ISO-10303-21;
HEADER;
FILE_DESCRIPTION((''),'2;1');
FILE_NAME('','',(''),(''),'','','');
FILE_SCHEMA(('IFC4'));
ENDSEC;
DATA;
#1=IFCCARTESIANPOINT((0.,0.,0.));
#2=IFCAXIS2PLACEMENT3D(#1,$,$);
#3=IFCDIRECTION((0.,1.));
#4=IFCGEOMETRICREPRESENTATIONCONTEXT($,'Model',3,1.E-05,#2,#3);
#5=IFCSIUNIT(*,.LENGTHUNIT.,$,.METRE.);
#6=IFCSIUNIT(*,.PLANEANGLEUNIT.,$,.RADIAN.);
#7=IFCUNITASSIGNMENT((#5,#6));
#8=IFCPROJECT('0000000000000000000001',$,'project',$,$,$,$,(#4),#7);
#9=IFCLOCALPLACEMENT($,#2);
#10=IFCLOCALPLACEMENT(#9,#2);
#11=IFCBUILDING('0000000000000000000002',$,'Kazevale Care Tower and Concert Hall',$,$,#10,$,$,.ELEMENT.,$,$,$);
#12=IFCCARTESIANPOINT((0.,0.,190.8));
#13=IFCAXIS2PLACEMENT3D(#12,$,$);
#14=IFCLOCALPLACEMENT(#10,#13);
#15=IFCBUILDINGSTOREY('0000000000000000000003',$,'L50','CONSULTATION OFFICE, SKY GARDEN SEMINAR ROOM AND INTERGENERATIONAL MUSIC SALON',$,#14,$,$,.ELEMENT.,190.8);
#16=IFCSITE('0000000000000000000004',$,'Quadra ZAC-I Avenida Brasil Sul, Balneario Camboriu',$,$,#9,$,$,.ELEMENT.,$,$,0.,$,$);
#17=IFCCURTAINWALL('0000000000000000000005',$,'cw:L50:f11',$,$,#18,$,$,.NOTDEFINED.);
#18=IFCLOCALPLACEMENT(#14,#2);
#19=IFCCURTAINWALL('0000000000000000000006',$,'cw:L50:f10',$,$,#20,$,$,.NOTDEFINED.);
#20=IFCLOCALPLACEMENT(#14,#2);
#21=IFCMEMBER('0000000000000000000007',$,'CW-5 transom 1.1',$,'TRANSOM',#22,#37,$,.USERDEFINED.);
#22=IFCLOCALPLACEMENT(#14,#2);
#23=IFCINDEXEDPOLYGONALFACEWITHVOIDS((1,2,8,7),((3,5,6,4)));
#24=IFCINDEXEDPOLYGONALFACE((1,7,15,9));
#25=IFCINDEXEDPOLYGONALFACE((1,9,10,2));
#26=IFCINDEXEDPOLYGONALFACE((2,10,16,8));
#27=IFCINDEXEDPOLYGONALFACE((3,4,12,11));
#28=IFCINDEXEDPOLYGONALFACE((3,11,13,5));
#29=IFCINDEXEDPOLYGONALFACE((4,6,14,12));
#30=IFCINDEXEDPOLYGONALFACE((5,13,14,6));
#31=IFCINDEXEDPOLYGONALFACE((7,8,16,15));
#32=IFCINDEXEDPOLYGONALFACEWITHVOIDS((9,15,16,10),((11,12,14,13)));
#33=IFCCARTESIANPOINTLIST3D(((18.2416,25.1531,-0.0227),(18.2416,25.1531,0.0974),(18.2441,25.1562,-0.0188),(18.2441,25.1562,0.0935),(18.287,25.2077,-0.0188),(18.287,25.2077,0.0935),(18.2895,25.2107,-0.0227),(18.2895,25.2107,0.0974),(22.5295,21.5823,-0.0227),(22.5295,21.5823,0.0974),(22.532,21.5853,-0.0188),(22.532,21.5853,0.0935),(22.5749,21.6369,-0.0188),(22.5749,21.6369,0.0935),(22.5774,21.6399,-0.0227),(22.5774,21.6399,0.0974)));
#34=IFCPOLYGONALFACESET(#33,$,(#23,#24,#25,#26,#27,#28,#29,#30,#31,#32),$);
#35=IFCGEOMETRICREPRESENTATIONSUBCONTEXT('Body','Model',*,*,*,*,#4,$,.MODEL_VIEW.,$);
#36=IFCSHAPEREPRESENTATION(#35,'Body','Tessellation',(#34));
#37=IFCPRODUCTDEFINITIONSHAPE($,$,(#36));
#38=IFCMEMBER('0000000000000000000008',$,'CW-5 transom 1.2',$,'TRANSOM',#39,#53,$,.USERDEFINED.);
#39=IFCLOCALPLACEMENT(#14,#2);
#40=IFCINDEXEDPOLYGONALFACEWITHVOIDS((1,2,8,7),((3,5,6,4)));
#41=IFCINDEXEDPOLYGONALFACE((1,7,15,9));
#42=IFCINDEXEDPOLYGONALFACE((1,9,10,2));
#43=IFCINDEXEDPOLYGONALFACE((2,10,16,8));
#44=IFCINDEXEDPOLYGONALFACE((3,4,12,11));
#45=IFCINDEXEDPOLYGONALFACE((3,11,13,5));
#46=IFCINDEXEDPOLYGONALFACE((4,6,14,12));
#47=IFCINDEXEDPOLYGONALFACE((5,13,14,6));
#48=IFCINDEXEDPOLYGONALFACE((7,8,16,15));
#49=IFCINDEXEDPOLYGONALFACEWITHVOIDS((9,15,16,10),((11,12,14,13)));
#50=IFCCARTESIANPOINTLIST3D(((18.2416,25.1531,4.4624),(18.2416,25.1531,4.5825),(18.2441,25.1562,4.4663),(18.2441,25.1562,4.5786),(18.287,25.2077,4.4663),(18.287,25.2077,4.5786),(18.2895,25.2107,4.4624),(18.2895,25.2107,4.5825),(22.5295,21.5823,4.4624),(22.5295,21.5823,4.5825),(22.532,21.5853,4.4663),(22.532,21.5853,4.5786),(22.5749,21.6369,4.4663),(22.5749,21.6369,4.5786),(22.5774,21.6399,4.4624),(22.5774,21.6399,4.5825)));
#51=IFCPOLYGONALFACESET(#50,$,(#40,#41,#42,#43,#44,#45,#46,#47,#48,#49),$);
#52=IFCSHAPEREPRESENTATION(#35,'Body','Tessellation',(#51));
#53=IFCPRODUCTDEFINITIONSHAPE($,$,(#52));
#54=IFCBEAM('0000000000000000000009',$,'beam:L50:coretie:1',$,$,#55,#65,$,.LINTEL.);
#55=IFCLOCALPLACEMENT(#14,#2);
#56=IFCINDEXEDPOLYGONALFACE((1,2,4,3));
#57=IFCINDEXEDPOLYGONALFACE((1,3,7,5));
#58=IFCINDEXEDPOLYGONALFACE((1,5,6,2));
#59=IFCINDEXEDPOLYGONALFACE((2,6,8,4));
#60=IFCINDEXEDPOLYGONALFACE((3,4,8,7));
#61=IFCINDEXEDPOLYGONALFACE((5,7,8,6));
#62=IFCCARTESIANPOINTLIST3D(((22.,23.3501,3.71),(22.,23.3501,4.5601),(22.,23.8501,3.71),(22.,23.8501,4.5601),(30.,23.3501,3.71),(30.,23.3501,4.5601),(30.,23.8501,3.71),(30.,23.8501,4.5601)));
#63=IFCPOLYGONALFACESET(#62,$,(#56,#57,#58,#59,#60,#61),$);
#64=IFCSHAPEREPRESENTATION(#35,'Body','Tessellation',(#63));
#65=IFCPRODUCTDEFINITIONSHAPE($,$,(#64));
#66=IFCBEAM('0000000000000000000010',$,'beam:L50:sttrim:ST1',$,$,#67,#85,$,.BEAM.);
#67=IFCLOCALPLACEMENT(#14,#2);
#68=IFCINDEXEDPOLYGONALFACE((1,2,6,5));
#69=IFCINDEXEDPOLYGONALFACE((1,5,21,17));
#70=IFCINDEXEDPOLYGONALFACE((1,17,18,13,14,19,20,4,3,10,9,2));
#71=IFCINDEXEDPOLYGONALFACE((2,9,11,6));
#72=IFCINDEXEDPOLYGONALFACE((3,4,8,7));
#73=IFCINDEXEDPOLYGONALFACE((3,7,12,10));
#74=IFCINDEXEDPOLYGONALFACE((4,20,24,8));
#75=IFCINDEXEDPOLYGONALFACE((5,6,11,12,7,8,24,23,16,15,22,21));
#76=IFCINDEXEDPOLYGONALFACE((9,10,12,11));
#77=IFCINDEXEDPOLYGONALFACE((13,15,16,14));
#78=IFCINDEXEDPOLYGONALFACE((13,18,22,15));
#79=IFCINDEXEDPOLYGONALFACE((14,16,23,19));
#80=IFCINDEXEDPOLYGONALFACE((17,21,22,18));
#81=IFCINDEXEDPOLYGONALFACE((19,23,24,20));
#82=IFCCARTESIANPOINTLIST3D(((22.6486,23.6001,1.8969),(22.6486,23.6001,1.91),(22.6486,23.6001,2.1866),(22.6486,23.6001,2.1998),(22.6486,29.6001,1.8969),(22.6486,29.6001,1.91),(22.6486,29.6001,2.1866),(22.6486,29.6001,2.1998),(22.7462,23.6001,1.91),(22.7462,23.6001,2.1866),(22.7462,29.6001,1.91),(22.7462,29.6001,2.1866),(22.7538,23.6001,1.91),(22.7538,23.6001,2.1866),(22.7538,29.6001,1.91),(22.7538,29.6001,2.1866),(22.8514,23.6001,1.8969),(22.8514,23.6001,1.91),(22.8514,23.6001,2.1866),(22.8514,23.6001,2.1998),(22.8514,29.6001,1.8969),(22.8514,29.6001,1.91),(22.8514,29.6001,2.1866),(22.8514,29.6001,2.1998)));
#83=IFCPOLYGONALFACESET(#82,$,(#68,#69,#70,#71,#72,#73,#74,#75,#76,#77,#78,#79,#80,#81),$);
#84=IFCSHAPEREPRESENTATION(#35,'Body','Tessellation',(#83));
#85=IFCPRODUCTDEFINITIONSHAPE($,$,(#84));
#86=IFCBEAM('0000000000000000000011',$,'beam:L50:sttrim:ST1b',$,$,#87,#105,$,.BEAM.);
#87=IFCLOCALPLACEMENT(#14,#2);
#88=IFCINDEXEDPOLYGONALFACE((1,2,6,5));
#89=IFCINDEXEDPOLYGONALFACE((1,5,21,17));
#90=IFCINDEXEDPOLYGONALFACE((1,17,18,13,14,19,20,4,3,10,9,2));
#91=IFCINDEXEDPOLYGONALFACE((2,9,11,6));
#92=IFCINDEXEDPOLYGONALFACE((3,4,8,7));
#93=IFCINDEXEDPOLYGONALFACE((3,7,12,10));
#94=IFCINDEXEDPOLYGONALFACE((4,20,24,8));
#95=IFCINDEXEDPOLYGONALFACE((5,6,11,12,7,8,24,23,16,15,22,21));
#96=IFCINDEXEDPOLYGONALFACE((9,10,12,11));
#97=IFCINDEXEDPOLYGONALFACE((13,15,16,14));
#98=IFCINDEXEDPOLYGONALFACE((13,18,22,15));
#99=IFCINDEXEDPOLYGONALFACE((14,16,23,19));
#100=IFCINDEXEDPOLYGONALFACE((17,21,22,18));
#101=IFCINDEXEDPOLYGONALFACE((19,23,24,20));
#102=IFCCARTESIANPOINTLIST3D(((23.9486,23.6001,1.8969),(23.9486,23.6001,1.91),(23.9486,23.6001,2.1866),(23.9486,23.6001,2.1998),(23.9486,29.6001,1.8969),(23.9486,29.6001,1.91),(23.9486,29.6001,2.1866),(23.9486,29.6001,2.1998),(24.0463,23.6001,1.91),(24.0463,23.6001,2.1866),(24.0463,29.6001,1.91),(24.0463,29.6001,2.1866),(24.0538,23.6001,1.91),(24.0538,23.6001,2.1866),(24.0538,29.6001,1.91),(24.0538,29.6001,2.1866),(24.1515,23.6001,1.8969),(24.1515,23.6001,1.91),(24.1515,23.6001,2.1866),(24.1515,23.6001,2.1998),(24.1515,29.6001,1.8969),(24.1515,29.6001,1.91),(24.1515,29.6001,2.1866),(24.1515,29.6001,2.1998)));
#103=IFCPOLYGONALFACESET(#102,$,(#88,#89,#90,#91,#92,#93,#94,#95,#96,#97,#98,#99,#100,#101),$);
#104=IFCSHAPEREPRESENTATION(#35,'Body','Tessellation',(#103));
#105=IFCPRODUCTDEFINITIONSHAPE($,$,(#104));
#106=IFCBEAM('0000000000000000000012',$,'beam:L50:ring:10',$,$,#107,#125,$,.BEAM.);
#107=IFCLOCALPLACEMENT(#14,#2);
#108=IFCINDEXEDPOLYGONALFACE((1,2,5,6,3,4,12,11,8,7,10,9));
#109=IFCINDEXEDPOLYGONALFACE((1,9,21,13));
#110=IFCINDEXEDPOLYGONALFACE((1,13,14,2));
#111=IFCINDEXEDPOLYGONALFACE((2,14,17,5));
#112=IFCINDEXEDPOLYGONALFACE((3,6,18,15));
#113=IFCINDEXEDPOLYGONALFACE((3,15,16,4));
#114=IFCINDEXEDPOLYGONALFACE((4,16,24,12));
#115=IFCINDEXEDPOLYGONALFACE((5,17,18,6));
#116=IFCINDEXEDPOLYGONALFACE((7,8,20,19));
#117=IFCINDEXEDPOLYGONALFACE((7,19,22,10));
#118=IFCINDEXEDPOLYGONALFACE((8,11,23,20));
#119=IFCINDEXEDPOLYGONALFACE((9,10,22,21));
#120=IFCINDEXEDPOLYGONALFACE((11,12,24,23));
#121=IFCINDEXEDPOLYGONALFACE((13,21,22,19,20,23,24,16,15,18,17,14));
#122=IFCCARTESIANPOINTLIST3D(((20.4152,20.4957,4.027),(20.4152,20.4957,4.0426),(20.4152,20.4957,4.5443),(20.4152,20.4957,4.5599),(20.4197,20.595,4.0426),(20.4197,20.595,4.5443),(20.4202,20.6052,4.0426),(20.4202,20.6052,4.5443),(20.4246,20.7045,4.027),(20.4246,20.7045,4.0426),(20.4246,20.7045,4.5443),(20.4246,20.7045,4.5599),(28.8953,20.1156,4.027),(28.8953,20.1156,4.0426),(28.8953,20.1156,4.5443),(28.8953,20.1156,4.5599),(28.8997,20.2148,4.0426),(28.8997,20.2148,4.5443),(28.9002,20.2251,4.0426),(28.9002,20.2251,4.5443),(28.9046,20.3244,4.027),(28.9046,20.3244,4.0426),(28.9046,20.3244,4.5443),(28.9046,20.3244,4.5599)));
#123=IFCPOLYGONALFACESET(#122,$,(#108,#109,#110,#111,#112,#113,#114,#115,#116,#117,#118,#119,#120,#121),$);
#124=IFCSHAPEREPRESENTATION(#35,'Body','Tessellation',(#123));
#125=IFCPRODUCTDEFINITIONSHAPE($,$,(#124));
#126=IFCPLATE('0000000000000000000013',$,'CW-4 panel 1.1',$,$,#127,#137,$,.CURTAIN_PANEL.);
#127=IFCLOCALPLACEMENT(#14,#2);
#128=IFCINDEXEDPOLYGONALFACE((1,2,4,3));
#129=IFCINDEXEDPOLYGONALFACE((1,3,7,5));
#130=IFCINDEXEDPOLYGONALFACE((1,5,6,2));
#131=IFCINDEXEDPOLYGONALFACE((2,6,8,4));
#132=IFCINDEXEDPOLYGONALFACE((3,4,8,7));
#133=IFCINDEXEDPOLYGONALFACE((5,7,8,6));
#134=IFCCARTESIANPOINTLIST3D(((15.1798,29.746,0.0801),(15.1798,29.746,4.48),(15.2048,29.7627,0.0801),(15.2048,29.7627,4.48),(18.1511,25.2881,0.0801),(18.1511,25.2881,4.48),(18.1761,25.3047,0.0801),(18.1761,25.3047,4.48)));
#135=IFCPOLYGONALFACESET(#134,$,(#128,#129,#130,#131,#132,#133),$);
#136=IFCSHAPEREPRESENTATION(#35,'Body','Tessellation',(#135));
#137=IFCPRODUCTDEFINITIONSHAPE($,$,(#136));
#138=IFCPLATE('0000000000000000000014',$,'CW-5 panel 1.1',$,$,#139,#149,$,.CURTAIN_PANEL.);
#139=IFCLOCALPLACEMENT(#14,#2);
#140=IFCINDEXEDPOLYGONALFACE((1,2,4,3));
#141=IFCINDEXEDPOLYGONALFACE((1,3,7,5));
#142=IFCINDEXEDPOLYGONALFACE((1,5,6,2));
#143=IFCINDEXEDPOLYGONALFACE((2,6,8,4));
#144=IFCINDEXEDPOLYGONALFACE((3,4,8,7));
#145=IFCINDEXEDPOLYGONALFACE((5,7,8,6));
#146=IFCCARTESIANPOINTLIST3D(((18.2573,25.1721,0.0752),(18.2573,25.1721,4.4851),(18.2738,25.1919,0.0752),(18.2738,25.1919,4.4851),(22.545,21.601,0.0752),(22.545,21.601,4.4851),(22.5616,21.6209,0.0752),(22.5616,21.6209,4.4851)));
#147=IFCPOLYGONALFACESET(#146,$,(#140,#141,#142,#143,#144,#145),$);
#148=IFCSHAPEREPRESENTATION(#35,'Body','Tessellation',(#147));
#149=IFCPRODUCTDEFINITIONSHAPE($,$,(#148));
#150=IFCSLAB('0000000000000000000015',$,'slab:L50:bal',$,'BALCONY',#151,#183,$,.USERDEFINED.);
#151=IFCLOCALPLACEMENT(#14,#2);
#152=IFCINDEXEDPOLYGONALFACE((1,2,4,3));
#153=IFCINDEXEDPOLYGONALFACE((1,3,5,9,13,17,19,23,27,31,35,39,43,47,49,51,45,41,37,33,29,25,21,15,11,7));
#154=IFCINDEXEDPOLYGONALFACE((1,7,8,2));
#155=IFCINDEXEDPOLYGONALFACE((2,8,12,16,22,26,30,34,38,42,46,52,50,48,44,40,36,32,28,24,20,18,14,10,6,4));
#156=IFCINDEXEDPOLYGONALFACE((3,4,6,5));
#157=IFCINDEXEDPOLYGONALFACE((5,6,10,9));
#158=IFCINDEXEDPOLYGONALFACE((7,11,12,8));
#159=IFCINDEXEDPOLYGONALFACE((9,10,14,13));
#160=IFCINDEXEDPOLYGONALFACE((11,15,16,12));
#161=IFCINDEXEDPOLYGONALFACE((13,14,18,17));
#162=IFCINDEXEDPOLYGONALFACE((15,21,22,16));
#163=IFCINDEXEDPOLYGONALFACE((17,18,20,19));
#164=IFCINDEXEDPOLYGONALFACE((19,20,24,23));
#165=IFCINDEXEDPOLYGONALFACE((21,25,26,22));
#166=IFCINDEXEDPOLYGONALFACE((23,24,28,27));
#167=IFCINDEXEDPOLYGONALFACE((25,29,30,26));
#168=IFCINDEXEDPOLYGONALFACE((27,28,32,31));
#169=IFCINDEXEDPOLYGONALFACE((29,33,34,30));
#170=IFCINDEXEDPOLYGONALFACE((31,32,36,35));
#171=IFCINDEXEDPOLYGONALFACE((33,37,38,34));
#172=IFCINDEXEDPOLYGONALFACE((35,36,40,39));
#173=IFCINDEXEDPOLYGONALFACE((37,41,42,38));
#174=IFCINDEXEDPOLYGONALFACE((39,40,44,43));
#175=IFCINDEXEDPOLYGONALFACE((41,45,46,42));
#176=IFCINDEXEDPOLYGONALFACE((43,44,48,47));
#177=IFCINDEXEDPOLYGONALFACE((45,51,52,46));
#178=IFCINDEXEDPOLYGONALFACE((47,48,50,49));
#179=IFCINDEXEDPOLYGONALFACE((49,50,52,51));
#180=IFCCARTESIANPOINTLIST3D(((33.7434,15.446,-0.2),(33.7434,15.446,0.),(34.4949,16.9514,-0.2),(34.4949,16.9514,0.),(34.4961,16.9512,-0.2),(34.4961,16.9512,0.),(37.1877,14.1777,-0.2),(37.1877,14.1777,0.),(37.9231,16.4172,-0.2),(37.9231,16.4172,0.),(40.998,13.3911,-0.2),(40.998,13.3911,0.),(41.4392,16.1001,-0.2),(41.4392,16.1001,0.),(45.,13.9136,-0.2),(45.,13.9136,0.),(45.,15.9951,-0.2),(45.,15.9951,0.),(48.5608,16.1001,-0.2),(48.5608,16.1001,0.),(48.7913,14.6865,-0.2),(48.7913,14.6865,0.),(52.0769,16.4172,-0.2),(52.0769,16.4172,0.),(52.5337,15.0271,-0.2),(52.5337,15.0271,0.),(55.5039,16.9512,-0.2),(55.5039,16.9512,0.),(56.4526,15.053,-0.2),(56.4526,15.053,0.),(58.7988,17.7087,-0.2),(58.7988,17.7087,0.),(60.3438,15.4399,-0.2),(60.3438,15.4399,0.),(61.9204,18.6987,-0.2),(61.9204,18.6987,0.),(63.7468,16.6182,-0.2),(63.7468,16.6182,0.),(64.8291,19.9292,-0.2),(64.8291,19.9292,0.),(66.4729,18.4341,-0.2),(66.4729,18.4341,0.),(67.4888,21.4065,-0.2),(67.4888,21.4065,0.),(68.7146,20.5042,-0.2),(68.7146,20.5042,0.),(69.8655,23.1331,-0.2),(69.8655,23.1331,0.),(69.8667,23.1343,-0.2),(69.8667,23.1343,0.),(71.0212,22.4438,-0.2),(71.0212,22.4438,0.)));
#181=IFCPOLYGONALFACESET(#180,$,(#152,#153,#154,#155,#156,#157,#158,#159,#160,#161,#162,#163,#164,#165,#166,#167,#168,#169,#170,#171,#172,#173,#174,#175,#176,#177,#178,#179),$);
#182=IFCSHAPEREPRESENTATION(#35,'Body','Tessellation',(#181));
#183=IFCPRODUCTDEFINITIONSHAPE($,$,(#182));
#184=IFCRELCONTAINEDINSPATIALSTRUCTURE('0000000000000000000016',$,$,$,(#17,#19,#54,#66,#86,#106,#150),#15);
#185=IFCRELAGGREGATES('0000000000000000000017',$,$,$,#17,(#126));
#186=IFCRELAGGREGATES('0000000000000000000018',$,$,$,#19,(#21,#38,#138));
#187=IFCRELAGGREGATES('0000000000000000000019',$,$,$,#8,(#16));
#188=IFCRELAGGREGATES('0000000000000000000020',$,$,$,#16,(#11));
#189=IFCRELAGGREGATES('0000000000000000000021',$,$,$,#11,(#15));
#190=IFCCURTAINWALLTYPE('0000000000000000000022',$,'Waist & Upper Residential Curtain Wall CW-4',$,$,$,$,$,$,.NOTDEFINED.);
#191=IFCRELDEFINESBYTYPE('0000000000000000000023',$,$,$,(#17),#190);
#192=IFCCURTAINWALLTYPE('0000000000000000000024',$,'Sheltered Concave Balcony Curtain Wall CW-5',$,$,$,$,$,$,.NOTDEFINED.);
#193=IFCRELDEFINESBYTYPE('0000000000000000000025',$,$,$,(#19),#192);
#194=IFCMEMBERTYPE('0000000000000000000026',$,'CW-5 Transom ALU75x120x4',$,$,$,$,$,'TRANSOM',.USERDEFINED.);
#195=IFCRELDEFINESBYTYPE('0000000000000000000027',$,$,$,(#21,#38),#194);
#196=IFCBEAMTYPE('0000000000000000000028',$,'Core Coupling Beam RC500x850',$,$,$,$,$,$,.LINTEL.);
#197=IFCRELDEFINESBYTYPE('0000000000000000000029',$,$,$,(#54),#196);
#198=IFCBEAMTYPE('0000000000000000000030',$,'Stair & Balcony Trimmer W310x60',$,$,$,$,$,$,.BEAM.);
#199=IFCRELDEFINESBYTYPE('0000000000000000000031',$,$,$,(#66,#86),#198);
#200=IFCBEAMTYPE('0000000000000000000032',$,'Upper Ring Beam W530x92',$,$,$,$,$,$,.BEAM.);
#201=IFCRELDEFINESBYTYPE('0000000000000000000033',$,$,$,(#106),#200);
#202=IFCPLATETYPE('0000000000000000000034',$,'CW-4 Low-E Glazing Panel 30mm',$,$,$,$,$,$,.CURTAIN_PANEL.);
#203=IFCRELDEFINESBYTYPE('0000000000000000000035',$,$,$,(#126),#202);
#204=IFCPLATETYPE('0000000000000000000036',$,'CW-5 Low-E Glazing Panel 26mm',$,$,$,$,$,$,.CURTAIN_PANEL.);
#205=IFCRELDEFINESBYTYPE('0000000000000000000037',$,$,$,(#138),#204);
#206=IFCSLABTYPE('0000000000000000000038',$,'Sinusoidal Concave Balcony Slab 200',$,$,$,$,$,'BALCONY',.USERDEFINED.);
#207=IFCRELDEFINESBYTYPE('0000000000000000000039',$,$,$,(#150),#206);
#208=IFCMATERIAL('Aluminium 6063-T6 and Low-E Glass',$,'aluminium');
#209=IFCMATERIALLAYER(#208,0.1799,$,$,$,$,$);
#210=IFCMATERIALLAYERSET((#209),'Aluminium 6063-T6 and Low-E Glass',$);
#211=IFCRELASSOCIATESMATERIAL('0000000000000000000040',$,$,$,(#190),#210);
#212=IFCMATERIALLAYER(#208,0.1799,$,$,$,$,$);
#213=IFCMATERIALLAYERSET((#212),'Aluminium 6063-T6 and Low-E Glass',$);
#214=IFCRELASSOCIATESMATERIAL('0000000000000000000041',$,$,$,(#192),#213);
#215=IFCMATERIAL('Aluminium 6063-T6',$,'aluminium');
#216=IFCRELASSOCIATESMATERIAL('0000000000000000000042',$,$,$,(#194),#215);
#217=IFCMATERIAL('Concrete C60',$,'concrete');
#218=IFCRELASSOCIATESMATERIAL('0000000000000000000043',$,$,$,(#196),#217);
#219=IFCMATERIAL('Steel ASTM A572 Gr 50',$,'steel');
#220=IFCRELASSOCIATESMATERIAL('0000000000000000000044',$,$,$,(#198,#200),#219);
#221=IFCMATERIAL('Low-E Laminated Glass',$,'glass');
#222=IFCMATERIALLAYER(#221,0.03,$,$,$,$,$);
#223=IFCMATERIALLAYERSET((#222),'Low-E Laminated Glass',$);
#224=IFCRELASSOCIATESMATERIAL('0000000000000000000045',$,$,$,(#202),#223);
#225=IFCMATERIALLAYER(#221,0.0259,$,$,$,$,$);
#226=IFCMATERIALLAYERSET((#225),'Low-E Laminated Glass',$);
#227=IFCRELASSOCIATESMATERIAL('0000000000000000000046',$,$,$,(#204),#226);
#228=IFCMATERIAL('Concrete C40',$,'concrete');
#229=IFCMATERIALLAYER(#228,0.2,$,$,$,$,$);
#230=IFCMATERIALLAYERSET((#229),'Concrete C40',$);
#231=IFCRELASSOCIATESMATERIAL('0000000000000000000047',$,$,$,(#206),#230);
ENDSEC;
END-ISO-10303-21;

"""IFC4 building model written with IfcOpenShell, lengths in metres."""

from ifc_helpers import new_model, si_unit, direction, frame, origin, origin_2d, place, context, subcontext, project, spatial, polyline, rectangle, hollow_rectangle, i_section, outline, extrude, material, layer, layer_set, material_profile, profile_set, type_object, element, aggregate, save


model = new_model("IFC4")

# Units and contexts
model_context = context("Model", 3, precision=1e-05, world=origin(), true_north=direction((0.0, 1.0)))
body_context = subcontext(model_context, "Body", "Model", "MODEL_VIEW")
ifc_project = project(units=[si_unit("LENGTHUNIT", "METRE"), si_unit("PLANEANGLEUNIT", "RADIAN")], contexts=[model_context])

# Site, building, storey
site_placement = place(None, origin())
site = spatial("IfcSite", under=ifc_project, at=site_placement, Name="Quadra ZAC-I Avenida Brasil Sul, Balneario Camboriu", CompositionType="ELEMENT", RefElevation=0.0)
building_placement = place(site_placement, origin())
building = spatial("IfcBuilding", under=site, at=building_placement, Name="Kazevale Care Tower and Concert Hall", CompositionType="ELEMENT")
storey_placement = place(building_placement, frame((0.0, 0.0, 190.8)))
storey = spatial("IfcBuildingStorey", under=building, at=storey_placement, Name="L50", Description="CONSULTATION OFFICE, SKY GARDEN SEMINAR ROOM AND INTERGENERATIONAL MUSIC SALON", CompositionType="ELEMENT", Elevation=190.8)

# Curtain wall
ifc_material_1 = material(Name="Aluminium 6063-T6 and Low-E Glass", Category="aluminium")
ifc_layer_1 = layer(ifc_material_1, 0.1799)
ifc_layer_set_1 = layer_set([ifc_layer_1], Name="Aluminium 6063-T6 and Low-E Glass")
curtain_wall_type_1 = type_object("IfcCurtainWallType", Name="Waist & Upper Residential Curtain Wall CW-4", PredefinedType="NOTDEFINED", material=ifc_layer_set_1)
curtain_wall_1_placement = place(storey_placement, origin())
curtain_wall_1 = element("IfcCurtainWall", 1, at=curtain_wall_1_placement, inside=storey, type_object=curtain_wall_type_1, Name="cw:L50:f11", PredefinedType="NOTDEFINED")
ifc_material_2 = material(Name="Aluminium 6063-T6", Category="aluminium")

# Shared definitions
ifc_layer_2 = layer(ifc_material_1, 0.1799)
ifc_layer_set_2 = layer_set([ifc_layer_2], Name="Aluminium 6063-T6 and Low-E Glass")
curtain_wall_type_2 = type_object("IfcCurtainWallType", Name="Sheltered Concave Balcony Curtain Wall CW-5", PredefinedType="NOTDEFINED", material=ifc_layer_set_2)

# Curtain wall, members
curtain_wall_2_placement = place(storey_placement, origin())
curtain_wall_2 = element("IfcCurtainWall", 2, at=curtain_wall_2_placement, inside=storey, type_object=curtain_wall_type_2, Name="cw:L50:f10", PredefinedType="NOTDEFINED")
ifc_material_profile_1 = material_profile(ifc_material_2, hollow_rectangle(XDim=0.075, YDim=0.1201, WallThickness=0.0039, at=origin_2d()), Name="ALU75x120x4")
ifc_profile_set_1 = profile_set([ifc_material_profile_1], Name="Aluminium 6063-T6")
member_type_1 = type_object("IfcMemberType", Name="CW-5 Transom ALU75x120x4", ElementType="TRANSOM", PredefinedType="USERDEFINED", material=ifc_profile_set_1)
member_1_placement = place(storey_placement, frame((22.5535, 21.6111, 0.0374), z_axis=(-0.768433, 0.63993, 0.0), x_axis=(-0.63993, -0.768433, 0.0)))
member_1 = element("IfcMember", 3, at=member_1_placement, type_object=member_type_1, Name="CW-5 transom 1.1", ObjectType="TRANSOM", PredefinedType="USERDEFINED", context=body_context, shape_type="SweptSolid", body=[
    extrude(hollow_rectangle(XDim=0.075, YDim=0.1201, WallThickness=0.0039, at=origin_2d()), origin(), (0.0, 0.0, 1.0), 5.5801),
])
member_2_placement = place(storey_placement, frame((22.5535, 21.6111, 4.5225), z_axis=(-0.768433, 0.63993, 0.0), x_axis=(-0.63993, -0.768433, 0.0)))
member_2 = element("IfcMember", 4, at=member_2_placement, type_object=member_type_1, Name="CW-5 transom 1.2", ObjectType="TRANSOM", PredefinedType="USERDEFINED", context=body_context, shape_type="SweptSolid", body=[
    extrude(hollow_rectangle(XDim=0.075, YDim=0.1201, WallThickness=0.0039, at=origin_2d()), origin(), (0.0, 0.0, 1.0), 5.5801),
])

# Beams
ifc_material_3 = material(Name="Concrete C60", Category="concrete")
ifc_material_profile_2 = material_profile(ifc_material_3, rectangle(XDim=0.5, YDim=0.8501, at=origin_2d()), Name="RC-B500x850")
ifc_profile_set_2 = profile_set([ifc_material_profile_2], Name="Concrete C60")
beam_type_1 = type_object("IfcBeamType", Name="Core Coupling Beam RC500x850", PredefinedType="LINTEL", material=ifc_profile_set_2)
beam_1_placement = place(storey_placement, frame((22.0, 23.6001, 4.135), z_axis=(1.0, 0.0, 0.0), x_axis=(0.0, 1.0, 0.0)))
element("IfcBeam", 5, at=beam_1_placement, inside=storey, type_object=beam_type_1, Name="beam:L50:coretie:1", PredefinedType="LINTEL", context=body_context, shape_type="SweptSolid", body=[
    extrude(rectangle(XDim=0.5, YDim=0.8501, at=origin_2d()), origin(), (0.0, 0.0, 1.0), 8.0),
])
ifc_material_4 = material(Name="Steel ASTM A572 Gr 50", Category="steel")
ifc_material_profile_3 = material_profile(ifc_material_4, i_section(OverallWidth=0.2029, OverallDepth=0.303, WebThickness=0.0076, FlangeThickness=0.0132, at=origin_2d()), Name="W310x60")
ifc_profile_set_3 = profile_set([ifc_material_profile_3], Name="Steel ASTM A572 Gr 50")
beam_type_2 = type_object("IfcBeamType", Name="Stair & Balcony Trimmer W310x60", PredefinedType="BEAM", material=ifc_profile_set_3)
for number, where, z_axis, x_axis, name in (
    (6, (22.75, 23.6001, 2.0483), (0.0, 1.0, 0.0), (-1.0, 0.0, 0.0), "beam:L50:sttrim:ST1"),
    (7, (24.05, 23.6001, 2.0483), (0.0, 1.0, 0.0), (-1.0, 0.0, 0.0), "beam:L50:sttrim:ST1b"),
):
    element("IfcBeam", number, at=place(storey_placement, frame(where, z_axis=z_axis, x_axis=x_axis)), inside=storey, type_object=beam_type_2, Name=name, PredefinedType="BEAM", context=body_context, shape_type="SweptSolid", body=[
        extrude(i_section(OverallWidth=0.2029, OverallDepth=0.303, WebThickness=0.0076, FlangeThickness=0.0132, at=origin_2d()), origin(), (0.0, 0.0, 1.0), 6.0),
    ])
ifc_material_profile_4 = material_profile(ifc_material_4, i_section(OverallWidth=0.209, OverallDepth=0.533, WebThickness=0.0103, FlangeThickness=0.0156, at=origin_2d()), Name="W530x92")
ifc_profile_set_4 = profile_set([ifc_material_profile_4], Name="Steel ASTM A572 Gr 50")
beam_type_3 = type_object("IfcBeamType", Name="Upper Ring Beam W530x92", PredefinedType="BEAM", material=ifc_profile_set_4)
beam_2_placement = place(storey_placement, frame((20.4199, 20.6001, 4.2935), z_axis=(0.998997, -0.044781, 0.0), x_axis=(0.044781, 0.998997, 0.0)))
element("IfcBeam", 8, at=beam_2_placement, inside=storey, type_object=beam_type_3, Name="beam:L50:ring:10", PredefinedType="BEAM", context=body_context, shape_type="SweptSolid", body=[
    extrude(i_section(OverallWidth=0.209, OverallDepth=0.533, WebThickness=0.0103, FlangeThickness=0.0156, at=origin_2d()), origin(), (0.0, 0.0, 1.0), 8.4885),
])

# Plates
ifc_material_5 = material(Name="Low-E Laminated Glass", Category="glass")
ifc_layer_3 = layer(ifc_material_5, 0.03)
ifc_layer_set_3 = layer_set([ifc_layer_3], Name="Low-E Laminated Glass")
plate_type_1 = type_object("IfcPlateType", Name="CW-4 Low-E Glazing Panel 30mm", PredefinedType="CURTAIN_PANEL", material=ifc_layer_set_3)
plate_1_placement = place(storey_placement, frame((16.678, 27.5254, 0.0801), z_axis=(0.0, 0.0, 1.0), x_axis=(-0.554617, 0.832106, 0.0)))
plate_1 = element("IfcPlate", 9, at=plate_1_placement, type_object=plate_type_1, Name="CW-4 panel 1.1", PredefinedType="CURTAIN_PANEL", context=body_context, shape_type="SweptSolid", body=[
    extrude(rectangle(XDim=5.3574, YDim=0.03, at=origin_2d()), origin(), (0.0, 0.0, 1.0), 4.3999),
])
aggregate(curtain_wall_1, [plate_1])
ifc_layer_4 = layer(ifc_material_5, 0.0259)
ifc_layer_set_4 = layer_set([ifc_layer_4], Name="Low-E Laminated Glass")
plate_type_2 = type_object("IfcPlateType", Name="CW-5 Low-E Glazing Panel 26mm", PredefinedType="CURTAIN_PANEL", material=ifc_layer_set_4)
plate_2_placement = place(storey_placement, frame((20.4094, 23.3965, 0.0752), z_axis=(0.0, 0.0, 1.0), x_axis=(-0.768407, 0.639961, 0.0)))
plate_2 = element("IfcPlate", 10, at=plate_2_placement, type_object=plate_type_2, Name="CW-5 panel 1.1", PredefinedType="CURTAIN_PANEL", context=body_context, shape_type="SweptSolid", body=[
    extrude(rectangle(XDim=5.5801, YDim=0.0259, at=origin_2d()), origin(), (0.0, 0.0, 1.0), 4.4099),
])
aggregate(curtain_wall_2, [member_1, member_2, plate_2])

# Slab
ifc_material_6 = material(Name="Concrete C40", Category="concrete")
ifc_layer_5 = layer(ifc_material_6, 0.2)
ifc_layer_set_5 = layer_set([ifc_layer_5], Name="Concrete C40")
slab_type_1 = type_object("IfcSlabType", Name="Sinusoidal Concave Balcony Slab 200", ElementType="BALCONY", PredefinedType="USERDEFINED", material=ifc_layer_set_5)
slab_1_placement = place(storey_placement, frame((0.0, 0.0, -0.2)))
element("IfcSlab", 11, at=slab_1_placement, inside=storey, type_object=slab_type_1, Name="slab:L50:bal", ObjectType="BALCONY", PredefinedType="USERDEFINED", context=body_context, shape_type="SweptSolid", body=[
    extrude(outline(polyline([(71.0212, 22.4438), (68.7146, 20.5042), (66.4729, 18.4341), (63.7468, 16.6182), (60.3438, 15.4399), (56.4526, 15.053), (52.5337, 15.0271), (48.7913, 14.6865), (45.0, 13.9136), (40.998, 13.3911), (37.1877, 14.1777), (33.7434, 15.446), (34.4949, 16.9514), (34.4961, 16.9512), (37.9231, 16.4172), (41.4392, 16.1001), (45.0, 15.9951), (48.5608, 16.1001), (52.0769, 16.4172), (55.5039, 16.9512), (58.7988, 17.7087), (61.9204, 18.6987), (64.8291, 19.9292), (67.4888, 21.4065), (69.8655, 23.1331), (69.8667, 23.1343), (71.0212, 22.4438)])), origin(), (0.0, 0.0, 1.0), 0.2),
])

save(model, "model.ifc")
